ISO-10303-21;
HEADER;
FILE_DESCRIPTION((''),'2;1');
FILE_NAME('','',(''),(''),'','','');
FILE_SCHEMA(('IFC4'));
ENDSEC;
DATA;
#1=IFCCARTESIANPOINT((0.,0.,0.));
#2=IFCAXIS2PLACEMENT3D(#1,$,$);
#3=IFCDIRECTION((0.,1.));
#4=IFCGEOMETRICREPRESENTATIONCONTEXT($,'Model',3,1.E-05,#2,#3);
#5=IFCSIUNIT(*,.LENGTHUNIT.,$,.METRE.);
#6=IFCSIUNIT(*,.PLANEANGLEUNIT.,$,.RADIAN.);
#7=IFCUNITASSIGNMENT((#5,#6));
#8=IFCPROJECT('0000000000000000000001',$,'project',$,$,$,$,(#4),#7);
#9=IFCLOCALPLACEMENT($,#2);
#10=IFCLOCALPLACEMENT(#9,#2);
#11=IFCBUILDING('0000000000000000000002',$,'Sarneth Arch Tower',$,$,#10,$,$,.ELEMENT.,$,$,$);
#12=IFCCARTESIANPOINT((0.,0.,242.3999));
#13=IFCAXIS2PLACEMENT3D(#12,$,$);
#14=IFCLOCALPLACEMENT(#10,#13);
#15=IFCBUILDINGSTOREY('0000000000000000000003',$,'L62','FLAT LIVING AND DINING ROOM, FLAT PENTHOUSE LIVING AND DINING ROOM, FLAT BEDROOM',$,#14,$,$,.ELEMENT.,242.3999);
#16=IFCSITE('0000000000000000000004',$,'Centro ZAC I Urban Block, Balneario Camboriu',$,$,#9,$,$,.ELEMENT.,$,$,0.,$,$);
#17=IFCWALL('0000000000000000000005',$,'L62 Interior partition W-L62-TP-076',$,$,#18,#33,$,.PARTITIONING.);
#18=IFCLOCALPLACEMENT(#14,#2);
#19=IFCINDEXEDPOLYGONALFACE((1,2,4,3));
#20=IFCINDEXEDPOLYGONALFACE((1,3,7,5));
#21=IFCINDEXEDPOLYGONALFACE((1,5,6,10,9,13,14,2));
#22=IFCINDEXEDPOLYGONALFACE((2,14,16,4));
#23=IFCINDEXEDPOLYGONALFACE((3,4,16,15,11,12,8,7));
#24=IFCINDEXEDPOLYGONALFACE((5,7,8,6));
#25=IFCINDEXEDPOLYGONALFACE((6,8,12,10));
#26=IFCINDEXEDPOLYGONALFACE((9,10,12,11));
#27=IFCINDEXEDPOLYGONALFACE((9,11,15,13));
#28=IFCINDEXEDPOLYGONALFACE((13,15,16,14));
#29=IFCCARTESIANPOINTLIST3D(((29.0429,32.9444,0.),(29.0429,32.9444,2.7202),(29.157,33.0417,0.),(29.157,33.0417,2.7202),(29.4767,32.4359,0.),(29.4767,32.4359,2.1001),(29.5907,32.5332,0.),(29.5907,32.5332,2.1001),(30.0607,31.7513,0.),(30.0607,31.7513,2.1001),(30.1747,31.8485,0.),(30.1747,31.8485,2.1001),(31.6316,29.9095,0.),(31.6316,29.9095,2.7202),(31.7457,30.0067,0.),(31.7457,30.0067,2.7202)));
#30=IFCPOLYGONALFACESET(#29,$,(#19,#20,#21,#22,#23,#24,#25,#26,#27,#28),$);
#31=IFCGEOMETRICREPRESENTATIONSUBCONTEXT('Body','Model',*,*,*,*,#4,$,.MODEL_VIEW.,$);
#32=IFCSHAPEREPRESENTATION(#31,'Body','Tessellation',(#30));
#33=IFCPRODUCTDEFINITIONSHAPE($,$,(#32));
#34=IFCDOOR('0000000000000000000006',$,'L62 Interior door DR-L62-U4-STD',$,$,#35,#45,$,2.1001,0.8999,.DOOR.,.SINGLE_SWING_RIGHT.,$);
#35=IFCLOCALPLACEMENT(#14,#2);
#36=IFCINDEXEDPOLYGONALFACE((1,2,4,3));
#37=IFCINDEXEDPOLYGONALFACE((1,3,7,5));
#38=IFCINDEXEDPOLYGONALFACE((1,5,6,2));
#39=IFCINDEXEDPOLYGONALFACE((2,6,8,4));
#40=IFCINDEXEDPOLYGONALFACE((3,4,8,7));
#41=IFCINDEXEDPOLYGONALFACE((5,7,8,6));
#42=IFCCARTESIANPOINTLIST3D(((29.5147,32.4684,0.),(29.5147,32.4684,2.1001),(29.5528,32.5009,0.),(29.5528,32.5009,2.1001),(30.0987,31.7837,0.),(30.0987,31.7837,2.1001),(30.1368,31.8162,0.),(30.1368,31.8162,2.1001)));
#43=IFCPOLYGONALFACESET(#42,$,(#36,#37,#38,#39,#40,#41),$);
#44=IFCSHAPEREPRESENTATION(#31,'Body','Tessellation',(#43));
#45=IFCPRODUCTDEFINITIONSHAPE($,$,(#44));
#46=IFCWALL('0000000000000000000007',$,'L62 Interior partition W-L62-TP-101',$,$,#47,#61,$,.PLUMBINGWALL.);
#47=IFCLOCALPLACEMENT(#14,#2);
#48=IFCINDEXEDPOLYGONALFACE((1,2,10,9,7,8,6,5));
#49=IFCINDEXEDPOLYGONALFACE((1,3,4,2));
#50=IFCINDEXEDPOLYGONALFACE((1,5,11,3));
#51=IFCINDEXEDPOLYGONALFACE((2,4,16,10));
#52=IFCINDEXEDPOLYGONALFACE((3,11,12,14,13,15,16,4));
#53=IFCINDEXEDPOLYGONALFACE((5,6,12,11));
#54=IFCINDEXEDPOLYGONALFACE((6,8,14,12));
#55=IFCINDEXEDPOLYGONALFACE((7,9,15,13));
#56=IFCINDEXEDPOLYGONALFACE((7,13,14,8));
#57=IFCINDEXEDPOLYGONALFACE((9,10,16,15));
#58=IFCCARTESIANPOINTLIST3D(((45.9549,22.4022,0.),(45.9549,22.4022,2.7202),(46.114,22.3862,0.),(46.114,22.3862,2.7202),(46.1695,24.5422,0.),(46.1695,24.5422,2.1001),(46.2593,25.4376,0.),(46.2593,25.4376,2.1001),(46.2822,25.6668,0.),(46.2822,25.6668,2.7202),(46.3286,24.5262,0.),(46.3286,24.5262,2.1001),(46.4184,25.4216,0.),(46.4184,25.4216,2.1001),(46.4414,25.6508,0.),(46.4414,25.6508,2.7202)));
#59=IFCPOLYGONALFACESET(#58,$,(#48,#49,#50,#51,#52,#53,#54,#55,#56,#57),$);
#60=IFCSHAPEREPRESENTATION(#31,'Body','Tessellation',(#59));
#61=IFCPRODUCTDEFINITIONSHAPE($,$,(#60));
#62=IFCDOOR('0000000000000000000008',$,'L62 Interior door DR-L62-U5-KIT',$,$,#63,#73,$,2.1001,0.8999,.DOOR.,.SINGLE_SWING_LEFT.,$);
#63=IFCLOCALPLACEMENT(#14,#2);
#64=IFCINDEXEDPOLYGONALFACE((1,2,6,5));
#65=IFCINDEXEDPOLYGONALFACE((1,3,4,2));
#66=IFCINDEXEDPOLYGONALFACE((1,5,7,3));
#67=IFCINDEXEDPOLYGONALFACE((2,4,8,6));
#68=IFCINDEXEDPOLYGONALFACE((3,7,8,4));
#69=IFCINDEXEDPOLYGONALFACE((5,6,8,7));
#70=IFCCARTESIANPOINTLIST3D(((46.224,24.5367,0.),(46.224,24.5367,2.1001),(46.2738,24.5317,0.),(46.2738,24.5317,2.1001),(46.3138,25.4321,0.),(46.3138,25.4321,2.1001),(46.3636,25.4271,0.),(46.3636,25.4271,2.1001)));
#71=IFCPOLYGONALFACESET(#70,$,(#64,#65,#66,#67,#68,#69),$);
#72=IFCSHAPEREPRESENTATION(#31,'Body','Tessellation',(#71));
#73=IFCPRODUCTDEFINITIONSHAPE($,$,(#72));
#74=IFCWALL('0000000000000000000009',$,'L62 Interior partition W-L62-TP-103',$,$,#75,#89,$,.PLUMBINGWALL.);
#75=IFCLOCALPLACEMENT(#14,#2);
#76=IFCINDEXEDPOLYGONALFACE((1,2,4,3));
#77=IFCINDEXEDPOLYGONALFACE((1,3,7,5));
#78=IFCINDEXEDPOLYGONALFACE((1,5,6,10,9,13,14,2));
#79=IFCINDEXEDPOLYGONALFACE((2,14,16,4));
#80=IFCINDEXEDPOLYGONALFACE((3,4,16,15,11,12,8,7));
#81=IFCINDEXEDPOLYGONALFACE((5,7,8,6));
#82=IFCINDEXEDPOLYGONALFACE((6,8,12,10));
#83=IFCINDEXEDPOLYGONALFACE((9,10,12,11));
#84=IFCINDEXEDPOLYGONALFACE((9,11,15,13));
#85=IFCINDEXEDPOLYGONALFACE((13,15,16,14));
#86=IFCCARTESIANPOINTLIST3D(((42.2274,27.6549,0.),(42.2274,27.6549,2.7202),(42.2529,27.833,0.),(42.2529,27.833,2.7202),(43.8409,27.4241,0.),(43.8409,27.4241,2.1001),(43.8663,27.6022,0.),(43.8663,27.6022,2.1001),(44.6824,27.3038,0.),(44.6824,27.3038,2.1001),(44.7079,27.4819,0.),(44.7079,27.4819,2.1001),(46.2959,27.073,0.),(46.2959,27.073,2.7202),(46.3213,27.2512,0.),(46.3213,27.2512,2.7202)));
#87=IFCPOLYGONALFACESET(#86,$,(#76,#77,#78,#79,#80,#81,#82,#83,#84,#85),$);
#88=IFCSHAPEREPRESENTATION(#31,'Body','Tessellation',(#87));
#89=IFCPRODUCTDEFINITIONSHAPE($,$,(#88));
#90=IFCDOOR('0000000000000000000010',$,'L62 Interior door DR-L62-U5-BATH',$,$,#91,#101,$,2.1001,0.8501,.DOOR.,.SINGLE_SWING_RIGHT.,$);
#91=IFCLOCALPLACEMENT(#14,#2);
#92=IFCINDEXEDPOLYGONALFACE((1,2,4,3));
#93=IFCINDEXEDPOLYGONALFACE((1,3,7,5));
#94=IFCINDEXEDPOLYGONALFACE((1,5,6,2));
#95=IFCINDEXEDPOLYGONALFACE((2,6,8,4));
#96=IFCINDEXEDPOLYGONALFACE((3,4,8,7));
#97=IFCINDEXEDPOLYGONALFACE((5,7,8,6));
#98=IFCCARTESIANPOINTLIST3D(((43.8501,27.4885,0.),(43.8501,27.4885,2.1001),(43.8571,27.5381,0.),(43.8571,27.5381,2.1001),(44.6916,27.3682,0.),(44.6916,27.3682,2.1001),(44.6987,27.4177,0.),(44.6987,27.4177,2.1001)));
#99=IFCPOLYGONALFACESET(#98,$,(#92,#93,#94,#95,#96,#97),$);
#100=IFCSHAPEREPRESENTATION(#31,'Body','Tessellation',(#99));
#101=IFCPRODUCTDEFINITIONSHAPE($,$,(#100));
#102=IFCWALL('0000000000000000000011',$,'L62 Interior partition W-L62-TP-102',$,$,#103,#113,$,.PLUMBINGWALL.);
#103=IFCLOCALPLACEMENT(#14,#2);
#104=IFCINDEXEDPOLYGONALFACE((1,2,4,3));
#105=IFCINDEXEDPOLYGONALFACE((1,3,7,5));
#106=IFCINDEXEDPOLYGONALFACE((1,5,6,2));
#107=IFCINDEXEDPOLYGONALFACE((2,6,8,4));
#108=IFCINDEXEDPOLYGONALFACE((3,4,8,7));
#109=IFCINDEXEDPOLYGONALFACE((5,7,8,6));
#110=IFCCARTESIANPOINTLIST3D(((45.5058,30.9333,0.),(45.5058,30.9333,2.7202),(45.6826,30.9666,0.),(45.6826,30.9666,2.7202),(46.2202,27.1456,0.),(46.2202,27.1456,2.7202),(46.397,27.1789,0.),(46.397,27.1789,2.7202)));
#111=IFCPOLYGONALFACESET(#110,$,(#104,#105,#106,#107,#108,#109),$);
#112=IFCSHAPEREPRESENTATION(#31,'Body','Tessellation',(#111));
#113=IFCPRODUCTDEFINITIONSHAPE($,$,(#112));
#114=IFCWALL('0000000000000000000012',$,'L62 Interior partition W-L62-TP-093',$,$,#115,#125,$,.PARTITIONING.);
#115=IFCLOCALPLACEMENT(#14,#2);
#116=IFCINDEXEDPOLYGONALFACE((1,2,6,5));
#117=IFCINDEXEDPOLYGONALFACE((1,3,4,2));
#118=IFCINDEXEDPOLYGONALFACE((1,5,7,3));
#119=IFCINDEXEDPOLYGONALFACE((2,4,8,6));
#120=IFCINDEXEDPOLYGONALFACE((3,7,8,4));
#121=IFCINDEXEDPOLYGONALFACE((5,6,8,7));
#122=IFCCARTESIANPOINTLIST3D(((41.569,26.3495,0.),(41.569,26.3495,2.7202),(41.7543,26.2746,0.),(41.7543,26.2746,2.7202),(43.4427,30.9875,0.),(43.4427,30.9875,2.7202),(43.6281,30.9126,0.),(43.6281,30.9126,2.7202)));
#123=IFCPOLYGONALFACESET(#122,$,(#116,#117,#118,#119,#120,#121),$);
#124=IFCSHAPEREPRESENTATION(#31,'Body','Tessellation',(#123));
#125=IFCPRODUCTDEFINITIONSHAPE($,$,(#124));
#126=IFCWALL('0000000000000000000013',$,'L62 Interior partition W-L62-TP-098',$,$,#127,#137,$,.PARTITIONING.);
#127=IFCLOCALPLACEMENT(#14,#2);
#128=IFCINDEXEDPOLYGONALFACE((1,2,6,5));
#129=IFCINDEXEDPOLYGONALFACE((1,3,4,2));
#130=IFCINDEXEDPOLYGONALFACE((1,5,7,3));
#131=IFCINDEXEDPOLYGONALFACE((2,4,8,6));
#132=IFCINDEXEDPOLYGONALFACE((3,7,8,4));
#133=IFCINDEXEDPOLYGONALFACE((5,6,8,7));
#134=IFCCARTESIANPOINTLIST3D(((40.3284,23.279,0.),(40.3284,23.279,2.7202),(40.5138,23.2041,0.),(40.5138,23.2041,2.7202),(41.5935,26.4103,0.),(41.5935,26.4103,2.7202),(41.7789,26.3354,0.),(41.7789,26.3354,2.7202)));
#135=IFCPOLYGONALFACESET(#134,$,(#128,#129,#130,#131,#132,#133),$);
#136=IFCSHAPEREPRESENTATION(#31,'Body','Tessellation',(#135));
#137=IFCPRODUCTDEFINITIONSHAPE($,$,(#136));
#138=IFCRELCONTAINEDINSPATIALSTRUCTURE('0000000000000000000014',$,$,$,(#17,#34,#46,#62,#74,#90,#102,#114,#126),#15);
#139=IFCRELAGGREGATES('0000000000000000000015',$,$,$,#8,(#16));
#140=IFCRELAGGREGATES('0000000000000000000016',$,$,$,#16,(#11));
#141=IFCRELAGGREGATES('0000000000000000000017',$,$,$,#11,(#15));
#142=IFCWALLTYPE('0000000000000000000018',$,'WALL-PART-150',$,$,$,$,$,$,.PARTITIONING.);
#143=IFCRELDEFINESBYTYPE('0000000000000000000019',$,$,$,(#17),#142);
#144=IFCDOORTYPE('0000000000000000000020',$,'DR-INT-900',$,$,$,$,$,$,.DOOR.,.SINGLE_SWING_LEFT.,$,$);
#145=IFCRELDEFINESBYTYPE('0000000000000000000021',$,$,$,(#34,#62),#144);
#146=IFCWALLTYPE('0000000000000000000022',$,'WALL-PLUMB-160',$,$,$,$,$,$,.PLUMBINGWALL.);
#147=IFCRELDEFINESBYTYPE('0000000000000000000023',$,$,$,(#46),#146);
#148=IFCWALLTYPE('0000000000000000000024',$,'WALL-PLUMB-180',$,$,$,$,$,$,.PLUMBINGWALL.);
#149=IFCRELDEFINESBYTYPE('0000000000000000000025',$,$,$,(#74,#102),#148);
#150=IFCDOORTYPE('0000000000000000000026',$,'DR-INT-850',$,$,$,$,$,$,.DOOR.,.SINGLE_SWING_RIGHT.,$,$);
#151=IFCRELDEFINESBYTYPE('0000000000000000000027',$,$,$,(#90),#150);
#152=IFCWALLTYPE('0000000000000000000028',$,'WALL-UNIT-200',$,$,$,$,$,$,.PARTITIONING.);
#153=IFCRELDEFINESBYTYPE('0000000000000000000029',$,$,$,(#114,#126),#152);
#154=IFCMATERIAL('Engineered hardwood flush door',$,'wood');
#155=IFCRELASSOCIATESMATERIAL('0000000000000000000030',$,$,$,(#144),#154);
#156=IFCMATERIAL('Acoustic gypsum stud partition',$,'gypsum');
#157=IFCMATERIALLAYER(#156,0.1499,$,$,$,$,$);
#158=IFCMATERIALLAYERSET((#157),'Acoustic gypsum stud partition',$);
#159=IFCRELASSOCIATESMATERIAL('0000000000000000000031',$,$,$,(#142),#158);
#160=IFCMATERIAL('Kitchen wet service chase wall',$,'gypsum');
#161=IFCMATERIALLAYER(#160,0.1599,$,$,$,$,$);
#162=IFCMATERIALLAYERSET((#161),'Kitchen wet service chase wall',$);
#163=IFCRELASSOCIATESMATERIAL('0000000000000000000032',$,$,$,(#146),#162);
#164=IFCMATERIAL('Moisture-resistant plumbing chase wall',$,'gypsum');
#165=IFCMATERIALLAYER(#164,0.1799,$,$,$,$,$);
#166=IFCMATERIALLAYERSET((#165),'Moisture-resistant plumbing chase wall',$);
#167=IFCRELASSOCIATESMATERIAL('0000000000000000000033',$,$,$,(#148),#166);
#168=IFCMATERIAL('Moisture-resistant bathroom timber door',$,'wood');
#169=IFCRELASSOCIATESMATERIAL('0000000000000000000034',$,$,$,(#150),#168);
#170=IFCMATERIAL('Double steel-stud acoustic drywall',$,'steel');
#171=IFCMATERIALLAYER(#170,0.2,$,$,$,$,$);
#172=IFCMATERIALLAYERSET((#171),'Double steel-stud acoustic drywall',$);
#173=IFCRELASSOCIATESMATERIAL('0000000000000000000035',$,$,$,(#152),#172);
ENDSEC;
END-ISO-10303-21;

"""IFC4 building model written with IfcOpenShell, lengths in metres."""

from ifc_helpers import new_model, si_unit, direction, frame, frame_2d, origin, place, context, subcontext, project, spatial, rectangle, extrude, material, layer, layer_set, type_object, element, fill, save


model = new_model("IFC4")

# Units and contexts
model_context = context("Model", 3, precision=1e-05, world=origin(), true_north=direction((0.0, 1.0)))
body_context = subcontext(model_context, "Body", "Model", "MODEL_VIEW")
ifc_project = project(units=[si_unit("LENGTHUNIT", "METRE"), si_unit("PLANEANGLEUNIT", "RADIAN")], contexts=[model_context])

# Site, building, storey
site_placement = place(None, origin())
site = spatial("IfcSite", under=ifc_project, at=site_placement, Name="Centro ZAC I Urban Block, Balneario Camboriu", CompositionType="ELEMENT", RefElevation=0.0)
building_placement = place(site_placement, origin())
building = spatial("IfcBuilding", under=site, at=building_placement, Name="Sarneth Arch Tower", CompositionType="ELEMENT")
storey_placement = place(building_placement, frame((0.0, 0.0, 242.3999)))
storey = spatial("IfcBuildingStorey", under=building, at=storey_placement, Name="L62", Description="FLAT LIVING AND DINING ROOM, FLAT PENTHOUSE LIVING AND DINING ROOM, FLAT BEDROOM", CompositionType="ELEMENT", Elevation=242.3999)

# Shared definitions
ifc_material_1 = material(Name="Engineered hardwood flush door", Category="wood")
door_type_1 = type_object("IfcDoorType", Name="DR-INT-900", OperationType="SINGLE_SWING_LEFT", PredefinedType="DOOR", material=ifc_material_1)

# Shared definitions
ifc_material_2 = material(Name="Acoustic gypsum stud partition", Category="gypsum")
ifc_layer_1 = layer(ifc_material_2, 0.1499)
ifc_layer_set_1 = layer_set([ifc_layer_1], Name="Acoustic gypsum stud partition")
wall_type_1 = type_object("IfcWallType", Name="WALL-PART-150", PredefinedType="PARTITIONING", material=ifc_layer_set_1)

# Walls, openings, doors
wall_1_placement = place(storey_placement, frame((31.6887, 29.958, 0.0), z_axis=(0.0, 0.0, 1.0), x_axis=(-0.64895, 0.760831, 0.0)))
wall_1 = element("IfcWall", 1, at=wall_1_placement, inside=storey, type_object=wall_type_1, Name="L62 Interior partition W-L62-TP-076", PredefinedType="PARTITIONING", context=body_context, shape_type="SweptSolid", body=[
    extrude(rectangle(XDim=3.989, YDim=0.1499, at=frame_2d((1.9946, 0.0))), origin(), (0.0, 0.0, 1.0), 2.7202),
])
opening_1_placement = place(wall_1_placement, frame((2.4209, 0.0, 0.0)))
opening_1 = element("IfcOpeningElement", 2, at=opening_1_placement, cuts=wall_1, PredefinedType="OPENING", context=body_context, shape_type="SweptSolid", body=[
    extrude(rectangle(XDim=0.8999, YDim=2.1001, at=frame_2d((0.45, 1.05))), frame((0.0, 0.085, 0.0), z_axis=(0.0, -1.0, 0.0), x_axis=(1.0, 0.0, 0.0)), (0.0, 0.0, 1.0), 0.1699),
])
door_1_placement = place(opening_1_placement, origin())
door_1 = element("IfcDoor", 3, at=door_1_placement, inside=storey, type_object=door_type_1, Name="L62 Interior door DR-L62-U4-STD", OperationType="SINGLE_SWING_RIGHT", OverallHeight=2.1001, OverallWidth=0.8999, PredefinedType="DOOR", context=body_context, shape_type="SweptSolid", body=[
    extrude(rectangle(XDim=0.8999, YDim=2.1001, at=frame_2d((0.45, 1.05))), frame((0.0, 0.0249, 0.0), z_axis=(0.0, -1.0, 0.0), x_axis=(1.0, 0.0, 0.0)), (0.0, 0.0, 1.0), 0.05),
])
fill(opening_1, door_1)
ifc_material_3 = material(Name="Kitchen wet service chase wall", Category="gypsum")
ifc_layer_2 = layer(ifc_material_3, 0.1599)
ifc_layer_set_2 = layer_set([ifc_layer_2], Name="Kitchen wet service chase wall")
wall_type_2 = type_object("IfcWallType", Name="WALL-PLUMB-160", PredefinedType="PLUMBINGWALL", material=ifc_layer_set_2)
wall_2_placement = place(storey_placement, frame((46.3618, 25.6589, 0.0), z_axis=(0.0, 0.0, 1.0), x_axis=(-0.099784, -0.995009, 0.0)))
wall_2 = element("IfcWall", 4, at=wall_2_placement, inside=storey, type_object=wall_type_2, Name="L62 Interior partition W-L62-TP-101", PredefinedType="PLUMBINGWALL", context=body_context, shape_type="SweptSolid", body=[
    extrude(rectangle(XDim=3.281, YDim=0.1599, at=frame_2d((1.6406, 0.0))), origin(), (0.0, 0.0, 1.0), 2.7202),
])
opening_2_placement = place(wall_2_placement, frame((0.2305, 0.0, 0.0)))
opening_2 = element("IfcOpeningElement", 5, at=opening_2_placement, cuts=wall_2, PredefinedType="OPENING", context=body_context, shape_type="SweptSolid", body=[
    extrude(rectangle(XDim=0.8999, YDim=2.1001, at=frame_2d((0.45, 1.05))), frame((0.0, 0.0898, 0.0), z_axis=(0.0, -1.0, 0.0), x_axis=(1.0, 0.0, 0.0)), (0.0, 0.0, 1.0), 0.1799),
])
door_2_placement = place(opening_2_placement, origin())
door_2 = element("IfcDoor", 6, at=door_2_placement, inside=storey, type_object=door_type_1, Name="L62 Interior door DR-L62-U5-KIT", OperationType="SINGLE_SWING_LEFT", OverallHeight=2.1001, OverallWidth=0.8999, PredefinedType="DOOR", context=body_context, shape_type="SweptSolid", body=[
    extrude(rectangle(XDim=0.8999, YDim=2.1001, at=frame_2d((0.45, 1.05))), frame((0.0, 0.0249, 0.0), z_axis=(0.0, -1.0, 0.0), x_axis=(1.0, 0.0, 0.0)), (0.0, 0.0, 1.0), 0.05),
])
fill(opening_2, door_2)
ifc_material_4 = material(Name="Moisture-resistant plumbing chase wall", Category="gypsum")
ifc_layer_3 = layer(ifc_material_4, 0.1799)
ifc_layer_set_3 = layer_set([ifc_layer_3], Name="Moisture-resistant plumbing chase wall")
wall_type_3 = type_object("IfcWallType", Name="WALL-PLUMB-180", PredefinedType="PLUMBINGWALL", material=ifc_layer_set_3)
wall_3_placement = place(storey_placement, frame((46.3086, 27.1621, 0.0), z_axis=(0.0, 0.0, 1.0), x_axis=(-0.989929, 0.141563, 0.0)))
wall_3 = element("IfcWall", 7, at=wall_3_placement, inside=storey, type_object=wall_type_3, Name="L62 Interior partition W-L62-TP-103", PredefinedType="PLUMBINGWALL", context=body_context, shape_type="SweptSolid", body=[
    extrude(rectangle(XDim=4.1099, YDim=0.1799, at=frame_2d((2.0549, 0.0))), origin(), (0.0, 0.0, 1.0), 2.7202),
])
opening_3_placement = place(wall_3_placement, frame((1.6299, 0.0, 0.0)))
opening_3 = element("IfcOpeningElement", 8, at=opening_3_placement, cuts=wall_3, PredefinedType="OPENING", context=body_context, shape_type="SweptSolid", body=[
    extrude(rectangle(XDim=0.8501, YDim=2.1001, at=frame_2d((0.425, 1.05))), frame((0.0, 0.0999, 0.0), z_axis=(0.0, -1.0, 0.0), x_axis=(1.0, 0.0, 0.0)), (0.0, 0.0, 1.0), 0.2),
])
ifc_material_5 = material(Name="Moisture-resistant bathroom timber door", Category="wood")
door_type_2 = type_object("IfcDoorType", Name="DR-INT-850", OperationType="SINGLE_SWING_RIGHT", PredefinedType="DOOR", material=ifc_material_5)
door_3_placement = place(opening_3_placement, origin())
door_3 = element("IfcDoor", 9, at=door_3_placement, inside=storey, type_object=door_type_2, Name="L62 Interior door DR-L62-U5-BATH", OperationType="SINGLE_SWING_RIGHT", OverallHeight=2.1001, OverallWidth=0.8501, PredefinedType="DOOR", context=body_context, shape_type="SweptSolid", body=[
    extrude(rectangle(XDim=0.8501, YDim=2.1001, at=frame_2d((0.425, 1.05))), frame((0.0, 0.0249, 0.0), z_axis=(0.0, -1.0, 0.0), x_axis=(1.0, 0.0, 0.0)), (0.0, 0.0, 1.0), 0.05),
])
fill(opening_3, door_3)

# Walls
wall_4_placement = place(storey_placement, frame((45.5942, 30.95, 0.0), z_axis=(0.0, 0.0, 1.0), x_axis=(0.185325, -0.982677, 0.0)))
element("IfcWall", 10, at=wall_4_placement, inside=storey, type_object=wall_type_3, Name="L62 Interior partition W-L62-TP-102", PredefinedType="PLUMBINGWALL", context=body_context, shape_type="SweptSolid", body=[
    extrude(rectangle(XDim=3.8545, YDim=0.1799, at=frame_2d((1.9272, 0.0))), origin(), (0.0, 0.0, 1.0), 2.7202),
])
ifc_material_6 = material(Name="Double steel-stud acoustic drywall", Category="steel")
ifc_layer_4 = layer(ifc_material_6, 0.2)
ifc_layer_set_4 = layer_set([ifc_layer_4], Name="Double steel-stud acoustic drywall")
wall_type_4 = type_object("IfcWallType", Name="WALL-UNIT-200", PredefinedType="PARTITIONING", material=ifc_layer_set_4)
wall_5_placement = place(storey_placement, frame((43.5354, 30.95, 0.0), z_axis=(0.0, 0.0, 1.0), x_axis=(-0.374595, -0.927189, 0.0)))
element("IfcWall", 11, at=wall_5_placement, inside=storey, type_object=wall_type_4, Name="L62 Interior partition W-L62-TP-093", PredefinedType="PARTITIONING", context=body_context, shape_type="SweptSolid", body=[
    extrude(rectangle(XDim=5.0022, YDim=0.2, at=frame_2d((2.501, 0.0))), origin(), (0.0, 0.0, 1.0), 2.7202),
])
wall_6_placement = place(storey_placement, frame((40.4211, 23.2417, 0.0), z_axis=(0.0, 0.0, 1.0), x_axis=(0.374604, 0.927185, 0.0)))
element("IfcWall", 12, at=wall_6_placement, inside=storey, type_object=wall_type_4, Name="L62 Interior partition W-L62-TP-098", PredefinedType="PARTITIONING", context=body_context, shape_type="SweptSolid", body=[
    extrude(rectangle(XDim=3.3772, YDim=0.2, at=frame_2d((1.6885, 0.0))), origin(), (0.0, 0.0, 1.0), 2.7202),
])

save(model, "model.ifc")
